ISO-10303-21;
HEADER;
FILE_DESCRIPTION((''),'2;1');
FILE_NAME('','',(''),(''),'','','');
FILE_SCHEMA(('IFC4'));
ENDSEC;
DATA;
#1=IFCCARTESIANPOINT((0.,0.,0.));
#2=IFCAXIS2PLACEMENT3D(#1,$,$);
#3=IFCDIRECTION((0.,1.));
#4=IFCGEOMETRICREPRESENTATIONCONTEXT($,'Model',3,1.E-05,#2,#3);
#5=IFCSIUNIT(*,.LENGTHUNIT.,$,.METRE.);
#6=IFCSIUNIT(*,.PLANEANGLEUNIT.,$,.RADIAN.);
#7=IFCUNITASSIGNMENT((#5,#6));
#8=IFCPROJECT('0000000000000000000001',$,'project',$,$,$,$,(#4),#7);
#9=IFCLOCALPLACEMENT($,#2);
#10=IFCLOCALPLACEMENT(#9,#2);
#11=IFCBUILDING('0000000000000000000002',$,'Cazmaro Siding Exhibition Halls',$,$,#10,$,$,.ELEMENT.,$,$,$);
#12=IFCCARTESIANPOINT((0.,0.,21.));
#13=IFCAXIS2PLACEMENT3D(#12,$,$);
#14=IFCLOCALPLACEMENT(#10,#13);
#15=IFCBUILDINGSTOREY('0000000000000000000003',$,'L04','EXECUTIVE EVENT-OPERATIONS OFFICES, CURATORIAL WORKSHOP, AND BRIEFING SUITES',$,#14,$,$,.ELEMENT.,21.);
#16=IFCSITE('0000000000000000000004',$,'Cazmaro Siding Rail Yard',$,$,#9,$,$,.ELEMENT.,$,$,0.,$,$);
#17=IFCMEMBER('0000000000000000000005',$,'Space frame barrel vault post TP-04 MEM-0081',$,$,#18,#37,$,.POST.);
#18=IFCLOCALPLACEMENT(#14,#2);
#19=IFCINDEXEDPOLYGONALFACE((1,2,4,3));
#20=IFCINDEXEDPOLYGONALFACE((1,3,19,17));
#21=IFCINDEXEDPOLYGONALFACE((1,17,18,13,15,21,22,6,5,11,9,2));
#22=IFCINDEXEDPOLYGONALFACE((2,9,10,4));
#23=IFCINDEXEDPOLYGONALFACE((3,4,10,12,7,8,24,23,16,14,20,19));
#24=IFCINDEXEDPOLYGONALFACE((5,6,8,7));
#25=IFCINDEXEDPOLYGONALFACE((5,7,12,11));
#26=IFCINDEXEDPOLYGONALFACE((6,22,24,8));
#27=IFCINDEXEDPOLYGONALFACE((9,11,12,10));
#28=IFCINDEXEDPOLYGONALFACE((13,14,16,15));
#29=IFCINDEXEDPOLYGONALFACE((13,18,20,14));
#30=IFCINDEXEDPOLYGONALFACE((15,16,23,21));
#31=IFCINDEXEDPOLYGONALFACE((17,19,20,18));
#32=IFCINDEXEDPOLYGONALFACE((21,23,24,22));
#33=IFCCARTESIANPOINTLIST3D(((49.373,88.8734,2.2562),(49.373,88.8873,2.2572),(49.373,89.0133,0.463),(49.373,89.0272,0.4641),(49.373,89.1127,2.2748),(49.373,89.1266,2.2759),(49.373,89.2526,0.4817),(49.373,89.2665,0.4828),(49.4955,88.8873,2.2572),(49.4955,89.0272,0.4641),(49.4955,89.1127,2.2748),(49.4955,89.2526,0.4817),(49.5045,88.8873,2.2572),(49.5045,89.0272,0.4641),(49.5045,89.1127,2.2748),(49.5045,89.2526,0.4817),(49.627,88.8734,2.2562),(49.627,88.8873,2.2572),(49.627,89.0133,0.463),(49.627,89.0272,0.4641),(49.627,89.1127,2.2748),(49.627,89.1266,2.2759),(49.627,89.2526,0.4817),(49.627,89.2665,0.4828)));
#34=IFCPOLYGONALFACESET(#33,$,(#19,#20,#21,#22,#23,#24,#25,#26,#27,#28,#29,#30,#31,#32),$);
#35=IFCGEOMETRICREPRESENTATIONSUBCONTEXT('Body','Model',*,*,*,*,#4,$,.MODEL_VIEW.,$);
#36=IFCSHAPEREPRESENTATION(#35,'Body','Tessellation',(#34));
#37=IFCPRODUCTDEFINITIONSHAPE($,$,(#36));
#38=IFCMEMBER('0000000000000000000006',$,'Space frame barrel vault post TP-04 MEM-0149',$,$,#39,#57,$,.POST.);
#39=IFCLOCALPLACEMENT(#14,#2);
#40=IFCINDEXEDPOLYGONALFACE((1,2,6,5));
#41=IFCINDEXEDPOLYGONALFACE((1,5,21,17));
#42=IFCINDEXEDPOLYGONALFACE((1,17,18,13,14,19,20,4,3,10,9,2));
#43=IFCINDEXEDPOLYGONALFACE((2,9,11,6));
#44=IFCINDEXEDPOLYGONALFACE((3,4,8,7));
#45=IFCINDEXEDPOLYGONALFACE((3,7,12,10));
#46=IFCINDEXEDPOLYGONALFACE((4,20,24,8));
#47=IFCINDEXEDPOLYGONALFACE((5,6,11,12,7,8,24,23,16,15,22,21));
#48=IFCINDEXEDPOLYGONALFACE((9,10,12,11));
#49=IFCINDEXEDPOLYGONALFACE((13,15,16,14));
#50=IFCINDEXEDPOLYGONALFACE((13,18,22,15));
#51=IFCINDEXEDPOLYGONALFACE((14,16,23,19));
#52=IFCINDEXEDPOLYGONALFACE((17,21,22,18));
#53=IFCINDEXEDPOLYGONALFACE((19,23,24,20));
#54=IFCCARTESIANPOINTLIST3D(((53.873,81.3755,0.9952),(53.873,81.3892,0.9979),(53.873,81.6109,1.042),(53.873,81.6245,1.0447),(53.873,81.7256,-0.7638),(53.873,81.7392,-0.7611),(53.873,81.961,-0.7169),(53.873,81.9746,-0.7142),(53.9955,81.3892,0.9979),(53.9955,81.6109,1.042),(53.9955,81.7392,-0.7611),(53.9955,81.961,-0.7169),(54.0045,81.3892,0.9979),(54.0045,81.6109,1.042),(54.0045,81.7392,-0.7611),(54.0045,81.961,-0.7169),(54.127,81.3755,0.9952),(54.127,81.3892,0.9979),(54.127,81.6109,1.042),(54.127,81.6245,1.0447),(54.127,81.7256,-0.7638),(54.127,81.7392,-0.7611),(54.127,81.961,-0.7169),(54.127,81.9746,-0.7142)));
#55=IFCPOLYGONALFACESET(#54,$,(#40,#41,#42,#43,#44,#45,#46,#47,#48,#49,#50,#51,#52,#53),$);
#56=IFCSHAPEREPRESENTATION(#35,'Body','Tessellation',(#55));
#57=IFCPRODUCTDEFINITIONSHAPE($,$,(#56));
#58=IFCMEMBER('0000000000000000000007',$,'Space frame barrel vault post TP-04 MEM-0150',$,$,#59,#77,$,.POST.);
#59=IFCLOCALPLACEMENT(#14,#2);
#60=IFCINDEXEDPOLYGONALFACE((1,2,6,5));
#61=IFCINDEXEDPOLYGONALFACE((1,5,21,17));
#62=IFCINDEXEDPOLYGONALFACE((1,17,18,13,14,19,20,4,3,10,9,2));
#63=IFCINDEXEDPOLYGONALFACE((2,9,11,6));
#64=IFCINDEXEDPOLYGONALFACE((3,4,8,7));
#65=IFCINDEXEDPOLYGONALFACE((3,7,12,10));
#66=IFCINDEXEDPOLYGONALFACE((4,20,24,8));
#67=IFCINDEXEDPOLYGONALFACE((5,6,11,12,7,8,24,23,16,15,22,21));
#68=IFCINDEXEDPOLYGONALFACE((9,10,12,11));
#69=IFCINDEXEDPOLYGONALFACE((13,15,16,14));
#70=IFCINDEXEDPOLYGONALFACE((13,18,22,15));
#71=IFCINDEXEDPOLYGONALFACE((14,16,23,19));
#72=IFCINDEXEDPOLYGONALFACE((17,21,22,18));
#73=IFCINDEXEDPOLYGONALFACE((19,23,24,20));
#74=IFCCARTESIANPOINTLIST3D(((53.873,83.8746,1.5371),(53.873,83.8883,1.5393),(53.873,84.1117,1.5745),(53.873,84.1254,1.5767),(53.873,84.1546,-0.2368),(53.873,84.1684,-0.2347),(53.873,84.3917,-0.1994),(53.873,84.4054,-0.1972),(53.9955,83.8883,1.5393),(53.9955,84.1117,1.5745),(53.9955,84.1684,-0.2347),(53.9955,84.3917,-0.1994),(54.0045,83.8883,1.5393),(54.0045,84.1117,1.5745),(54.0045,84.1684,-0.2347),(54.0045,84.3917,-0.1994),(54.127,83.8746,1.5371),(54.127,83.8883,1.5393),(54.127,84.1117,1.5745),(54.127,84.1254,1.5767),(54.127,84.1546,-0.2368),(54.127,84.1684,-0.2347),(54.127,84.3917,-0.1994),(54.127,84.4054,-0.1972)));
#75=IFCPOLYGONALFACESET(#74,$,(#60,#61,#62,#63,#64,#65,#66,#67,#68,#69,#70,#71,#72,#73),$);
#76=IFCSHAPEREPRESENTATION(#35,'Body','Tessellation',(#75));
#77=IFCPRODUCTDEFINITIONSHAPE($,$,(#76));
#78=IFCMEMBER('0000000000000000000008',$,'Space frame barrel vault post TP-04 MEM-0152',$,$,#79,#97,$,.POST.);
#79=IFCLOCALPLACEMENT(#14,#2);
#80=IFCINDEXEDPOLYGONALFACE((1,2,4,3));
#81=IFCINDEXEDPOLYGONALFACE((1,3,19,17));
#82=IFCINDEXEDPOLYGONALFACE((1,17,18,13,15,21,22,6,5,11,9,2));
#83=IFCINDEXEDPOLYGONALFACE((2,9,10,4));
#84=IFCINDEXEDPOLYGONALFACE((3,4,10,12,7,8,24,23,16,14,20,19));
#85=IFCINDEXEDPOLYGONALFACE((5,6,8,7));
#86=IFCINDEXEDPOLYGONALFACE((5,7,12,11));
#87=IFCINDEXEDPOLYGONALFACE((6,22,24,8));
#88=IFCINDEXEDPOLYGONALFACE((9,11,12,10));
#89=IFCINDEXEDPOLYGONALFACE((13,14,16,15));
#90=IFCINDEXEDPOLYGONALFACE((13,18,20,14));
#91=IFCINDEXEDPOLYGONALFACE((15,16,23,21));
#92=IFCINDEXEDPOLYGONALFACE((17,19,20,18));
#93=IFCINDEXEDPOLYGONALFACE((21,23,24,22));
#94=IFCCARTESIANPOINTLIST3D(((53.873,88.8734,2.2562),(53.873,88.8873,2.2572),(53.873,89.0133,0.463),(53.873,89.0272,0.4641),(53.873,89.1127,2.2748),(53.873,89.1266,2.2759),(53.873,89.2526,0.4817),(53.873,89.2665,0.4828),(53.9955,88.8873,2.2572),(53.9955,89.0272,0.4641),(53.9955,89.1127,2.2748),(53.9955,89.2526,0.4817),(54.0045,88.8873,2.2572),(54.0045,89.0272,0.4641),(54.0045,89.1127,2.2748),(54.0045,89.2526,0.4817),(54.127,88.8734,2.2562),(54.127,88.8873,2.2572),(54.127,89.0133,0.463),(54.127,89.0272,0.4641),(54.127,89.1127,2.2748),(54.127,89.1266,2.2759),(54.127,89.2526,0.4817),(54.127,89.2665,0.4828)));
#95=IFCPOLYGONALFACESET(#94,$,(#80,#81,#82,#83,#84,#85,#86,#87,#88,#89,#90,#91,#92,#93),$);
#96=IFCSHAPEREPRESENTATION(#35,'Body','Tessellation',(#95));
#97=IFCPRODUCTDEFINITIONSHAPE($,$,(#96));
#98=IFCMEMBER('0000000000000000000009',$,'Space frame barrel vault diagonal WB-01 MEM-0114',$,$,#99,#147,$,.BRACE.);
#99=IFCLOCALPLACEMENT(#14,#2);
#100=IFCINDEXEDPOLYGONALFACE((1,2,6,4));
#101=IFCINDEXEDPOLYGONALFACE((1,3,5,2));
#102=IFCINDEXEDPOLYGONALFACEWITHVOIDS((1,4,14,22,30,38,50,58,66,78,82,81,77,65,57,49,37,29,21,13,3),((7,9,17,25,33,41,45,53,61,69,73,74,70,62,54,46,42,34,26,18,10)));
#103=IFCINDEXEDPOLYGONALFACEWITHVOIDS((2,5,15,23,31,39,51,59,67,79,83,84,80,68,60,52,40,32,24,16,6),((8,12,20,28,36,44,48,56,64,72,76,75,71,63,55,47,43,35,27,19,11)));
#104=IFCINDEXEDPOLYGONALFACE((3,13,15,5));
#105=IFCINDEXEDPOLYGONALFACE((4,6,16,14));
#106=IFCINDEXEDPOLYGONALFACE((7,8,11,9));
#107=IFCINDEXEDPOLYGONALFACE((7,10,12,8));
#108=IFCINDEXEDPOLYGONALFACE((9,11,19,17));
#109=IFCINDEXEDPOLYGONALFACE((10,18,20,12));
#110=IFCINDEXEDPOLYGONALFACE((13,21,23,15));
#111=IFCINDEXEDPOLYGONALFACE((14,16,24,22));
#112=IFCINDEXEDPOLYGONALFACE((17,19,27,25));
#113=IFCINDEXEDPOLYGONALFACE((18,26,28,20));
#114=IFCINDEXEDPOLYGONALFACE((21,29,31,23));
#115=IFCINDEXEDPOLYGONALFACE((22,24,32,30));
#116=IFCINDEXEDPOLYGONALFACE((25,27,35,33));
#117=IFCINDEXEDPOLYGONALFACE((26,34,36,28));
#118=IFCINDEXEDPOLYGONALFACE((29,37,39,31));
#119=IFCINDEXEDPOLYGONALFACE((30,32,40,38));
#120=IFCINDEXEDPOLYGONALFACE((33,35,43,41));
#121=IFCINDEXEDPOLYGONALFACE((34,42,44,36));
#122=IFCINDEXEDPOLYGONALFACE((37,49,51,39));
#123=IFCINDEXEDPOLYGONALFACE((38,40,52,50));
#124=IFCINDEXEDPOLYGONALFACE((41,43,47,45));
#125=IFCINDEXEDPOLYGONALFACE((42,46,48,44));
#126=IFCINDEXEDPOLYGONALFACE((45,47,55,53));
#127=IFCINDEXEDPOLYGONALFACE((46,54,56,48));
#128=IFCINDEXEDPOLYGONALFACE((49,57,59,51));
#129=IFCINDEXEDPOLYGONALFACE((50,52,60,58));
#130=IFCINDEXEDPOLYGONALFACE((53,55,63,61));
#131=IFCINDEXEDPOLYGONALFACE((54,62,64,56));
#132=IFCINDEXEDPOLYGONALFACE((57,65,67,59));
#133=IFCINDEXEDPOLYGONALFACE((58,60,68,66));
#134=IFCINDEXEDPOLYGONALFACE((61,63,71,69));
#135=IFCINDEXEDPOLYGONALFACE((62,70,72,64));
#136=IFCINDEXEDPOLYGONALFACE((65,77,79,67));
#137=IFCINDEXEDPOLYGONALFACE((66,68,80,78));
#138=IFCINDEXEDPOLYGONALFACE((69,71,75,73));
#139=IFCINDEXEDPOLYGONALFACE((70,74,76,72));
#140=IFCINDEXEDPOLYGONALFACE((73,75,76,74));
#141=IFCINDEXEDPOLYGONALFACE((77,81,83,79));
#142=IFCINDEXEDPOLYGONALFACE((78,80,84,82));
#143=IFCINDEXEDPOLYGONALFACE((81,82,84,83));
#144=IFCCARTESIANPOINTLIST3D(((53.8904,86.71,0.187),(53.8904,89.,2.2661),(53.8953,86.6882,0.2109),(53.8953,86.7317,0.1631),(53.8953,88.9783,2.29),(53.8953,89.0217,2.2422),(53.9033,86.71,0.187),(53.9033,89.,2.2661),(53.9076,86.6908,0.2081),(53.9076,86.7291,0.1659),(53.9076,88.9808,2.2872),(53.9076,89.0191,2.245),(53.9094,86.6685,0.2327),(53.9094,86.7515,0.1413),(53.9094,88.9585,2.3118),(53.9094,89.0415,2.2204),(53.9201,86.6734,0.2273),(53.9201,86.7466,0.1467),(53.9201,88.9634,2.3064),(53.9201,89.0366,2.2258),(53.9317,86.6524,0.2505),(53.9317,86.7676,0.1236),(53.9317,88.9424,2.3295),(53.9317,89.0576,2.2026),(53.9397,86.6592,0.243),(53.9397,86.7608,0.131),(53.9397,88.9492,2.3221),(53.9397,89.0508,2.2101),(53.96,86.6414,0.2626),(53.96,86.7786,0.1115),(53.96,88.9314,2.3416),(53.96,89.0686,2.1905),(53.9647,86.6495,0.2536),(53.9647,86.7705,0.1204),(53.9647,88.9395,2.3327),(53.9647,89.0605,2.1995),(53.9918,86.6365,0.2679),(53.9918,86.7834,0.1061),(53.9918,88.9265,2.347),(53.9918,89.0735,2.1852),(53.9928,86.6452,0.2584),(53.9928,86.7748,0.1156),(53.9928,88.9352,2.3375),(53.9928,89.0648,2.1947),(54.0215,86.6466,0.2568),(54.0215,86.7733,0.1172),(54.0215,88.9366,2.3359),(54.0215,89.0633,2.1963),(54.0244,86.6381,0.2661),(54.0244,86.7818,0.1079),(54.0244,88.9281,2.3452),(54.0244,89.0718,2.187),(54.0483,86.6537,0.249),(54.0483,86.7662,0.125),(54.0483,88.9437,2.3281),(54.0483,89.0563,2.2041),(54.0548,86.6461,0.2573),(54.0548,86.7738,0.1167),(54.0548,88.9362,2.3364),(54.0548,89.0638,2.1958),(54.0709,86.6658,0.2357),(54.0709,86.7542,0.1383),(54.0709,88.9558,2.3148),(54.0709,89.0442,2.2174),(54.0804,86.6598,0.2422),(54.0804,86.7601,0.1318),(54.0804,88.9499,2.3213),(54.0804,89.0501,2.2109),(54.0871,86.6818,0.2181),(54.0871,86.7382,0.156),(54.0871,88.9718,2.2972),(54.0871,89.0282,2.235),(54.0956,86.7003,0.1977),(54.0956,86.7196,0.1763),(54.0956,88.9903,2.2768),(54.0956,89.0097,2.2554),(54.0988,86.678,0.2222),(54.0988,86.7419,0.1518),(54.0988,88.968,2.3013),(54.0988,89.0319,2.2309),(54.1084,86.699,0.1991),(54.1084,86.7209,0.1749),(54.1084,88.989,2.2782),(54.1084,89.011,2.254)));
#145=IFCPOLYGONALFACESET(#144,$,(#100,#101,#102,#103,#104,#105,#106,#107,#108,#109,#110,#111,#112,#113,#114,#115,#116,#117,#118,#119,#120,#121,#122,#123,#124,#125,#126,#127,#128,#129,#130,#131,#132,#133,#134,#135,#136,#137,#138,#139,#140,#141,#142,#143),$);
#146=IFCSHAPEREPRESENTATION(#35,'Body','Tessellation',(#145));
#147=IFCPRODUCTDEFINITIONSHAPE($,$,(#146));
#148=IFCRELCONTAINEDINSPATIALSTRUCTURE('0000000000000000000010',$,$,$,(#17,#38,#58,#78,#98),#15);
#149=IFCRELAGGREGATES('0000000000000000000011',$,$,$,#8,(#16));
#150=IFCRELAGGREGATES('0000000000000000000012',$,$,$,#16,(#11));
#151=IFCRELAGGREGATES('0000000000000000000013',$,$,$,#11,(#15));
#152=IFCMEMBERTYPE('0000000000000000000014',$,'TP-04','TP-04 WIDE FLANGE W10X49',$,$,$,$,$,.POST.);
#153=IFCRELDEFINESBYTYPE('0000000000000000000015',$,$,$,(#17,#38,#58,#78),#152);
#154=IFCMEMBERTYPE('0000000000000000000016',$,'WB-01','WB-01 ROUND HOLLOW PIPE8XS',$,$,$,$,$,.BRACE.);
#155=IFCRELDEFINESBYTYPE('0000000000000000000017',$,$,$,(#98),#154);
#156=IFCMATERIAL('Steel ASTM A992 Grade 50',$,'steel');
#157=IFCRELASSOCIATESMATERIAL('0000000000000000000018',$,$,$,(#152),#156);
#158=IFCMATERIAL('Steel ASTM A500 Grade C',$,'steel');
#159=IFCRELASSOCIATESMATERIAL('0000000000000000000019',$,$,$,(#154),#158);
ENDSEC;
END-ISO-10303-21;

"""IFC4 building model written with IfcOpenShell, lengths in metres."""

from ifc_helpers import new_model, si_unit, direction, frame, origin, origin_2d, place, context, subcontext, project, spatial, hollow_circle, i_section, extrude, material, material_profile, profile_set, type_object, element, save


model = new_model("IFC4")

# Units and contexts
model_context = context("Model", 3, precision=1e-05, world=origin(), true_north=direction((0.0, 1.0)))
body_context = subcontext(model_context, "Body", "Model", "MODEL_VIEW")
ifc_project = project(units=[si_unit("LENGTHUNIT", "METRE"), si_unit("PLANEANGLEUNIT", "RADIAN")], contexts=[model_context])

# Site, building, storey
site_placement = place(None, origin())
site = spatial("IfcSite", under=ifc_project, at=site_placement, Name="Cazmaro Siding Rail Yard", CompositionType="ELEMENT", RefElevation=0.0)
building_placement = place(site_placement, origin())
building = spatial("IfcBuilding", under=site, at=building_placement, Name="Cazmaro Siding Exhibition Halls", CompositionType="ELEMENT")
storey_placement = place(building_placement, frame((0.0, 0.0, 21.0)))
storey = spatial("IfcBuildingStorey", under=building, at=storey_placement, Name="L04", Description="EXECUTIVE EVENT-OPERATIONS OFFICES, CURATORIAL WORKSHOP, AND BRIEFING SUITES", CompositionType="ELEMENT", Elevation=21.0)

# Members
ifc_material_1 = material(Name="Steel ASTM A992 Grade 50", Category="steel")
ifc_material_profile_1 = material_profile(ifc_material_1, i_section(OverallWidth=0.2539, OverallDepth=0.2539, WebThickness=0.009, FlangeThickness=0.0139, at=origin_2d()), Name="W10X49")
ifc_profile_set_1 = profile_set([ifc_material_profile_1], Name="Steel ASTM A992 Grade 50")
member_type_1 = type_object("IfcMemberType", Name="TP-04", Description="TP-04 WIDE FLANGE W10X49", PredefinedType="POST", material=ifc_profile_set_1)
member_1_placement = place(storey_placement, frame((49.5, 89.1399, 0.4729), z_axis=(0.0, -0.077776, 0.996971), x_axis=(1.0, 0.0, 0.0)))
element("IfcMember", 1, at=member_1_placement, inside=storey, type_object=member_type_1, Name="Space frame barrel vault post TP-04 MEM-0081", PredefinedType="POST", context=body_context, shape_type="SweptSolid", body=[
    extrude(i_section(OverallWidth=0.2539, OverallDepth=0.2539, WebThickness=0.009, FlangeThickness=0.0139, at=origin_2d()), origin(), (0.0, 0.0, 1.0), 1.7986),
])
member_2_placement = place(storey_placement, frame((54.0, 81.8501, -0.739), z_axis=(0.0, -0.1952, 0.980763), x_axis=(1.0, 0.0, 0.0)))
element("IfcMember", 2, at=member_2_placement, inside=storey, type_object=member_type_1, Name="Space frame barrel vault post TP-04 MEM-0149", PredefinedType="POST", context=body_context, shape_type="SweptSolid", body=[
    extrude(i_section(OverallWidth=0.2539, OverallDepth=0.2539, WebThickness=0.009, FlangeThickness=0.0139, at=origin_2d()), origin(), (0.0, 0.0, 1.0), 1.7935),
])
member_3_placement = place(storey_placement, frame((54.0, 84.28, -0.217), z_axis=(0.0, -0.155928, 0.987768), x_axis=(1.0, 0.0, 0.0)))
element("IfcMember", 3, at=member_3_placement, inside=storey, type_object=member_type_1, Name="Space frame barrel vault post TP-04 MEM-0150", PredefinedType="POST", context=body_context, shape_type="SweptSolid", body=[
    extrude(i_section(OverallWidth=0.2539, OverallDepth=0.2539, WebThickness=0.009, FlangeThickness=0.0139, at=origin_2d()), origin(), (0.0, 0.0, 1.0), 1.7959),
])
member_4_placement = place(storey_placement, frame((54.0, 89.1399, 0.4729), z_axis=(0.0, -0.077776, 0.996971), x_axis=(1.0, 0.0, 0.0)))
element("IfcMember", 4, at=member_4_placement, inside=storey, type_object=member_type_1, Name="Space frame barrel vault post TP-04 MEM-0152", PredefinedType="POST", context=body_context, shape_type="SweptSolid", body=[
    extrude(i_section(OverallWidth=0.2539, OverallDepth=0.2539, WebThickness=0.009, FlangeThickness=0.0139, at=origin_2d()), origin(), (0.0, 0.0, 1.0), 1.7986),
])
ifc_material_2 = material(Name="Steel ASTM A500 Grade C", Category="steel")
ifc_material_profile_2 = material_profile(ifc_material_2, hollow_circle(Radius=0.1096, WallThickness=0.0129, at=origin_2d()), Name="PIPE8XS")
ifc_profile_set_2 = profile_set([ifc_material_profile_2], Name="Steel ASTM A500 Grade C")
member_type_2 = type_object("IfcMemberType", Name="WB-01", Description="WB-01 ROUND HOLLOW PIPE8XS", PredefinedType="BRACE", material=ifc_profile_set_2)
member_5_placement = place(storey_placement, frame((54.0, 86.71, 0.187), z_axis=(0.0, 0.740383, 0.672185), x_axis=(-1.0, 0.0, 0.0)))
element("IfcMember", 5, at=member_5_placement, inside=storey, type_object=member_type_2, Name="Space frame barrel vault diagonal WB-01 MEM-0114", PredefinedType="BRACE", context=body_context, shape_type="SweptSolid", body=[
    extrude(hollow_circle(Radius=0.1096, WallThickness=0.0129, at=origin_2d()), origin(), (0.0, 0.0, 1.0), 3.093),
])

save(model, "model.ifc")
